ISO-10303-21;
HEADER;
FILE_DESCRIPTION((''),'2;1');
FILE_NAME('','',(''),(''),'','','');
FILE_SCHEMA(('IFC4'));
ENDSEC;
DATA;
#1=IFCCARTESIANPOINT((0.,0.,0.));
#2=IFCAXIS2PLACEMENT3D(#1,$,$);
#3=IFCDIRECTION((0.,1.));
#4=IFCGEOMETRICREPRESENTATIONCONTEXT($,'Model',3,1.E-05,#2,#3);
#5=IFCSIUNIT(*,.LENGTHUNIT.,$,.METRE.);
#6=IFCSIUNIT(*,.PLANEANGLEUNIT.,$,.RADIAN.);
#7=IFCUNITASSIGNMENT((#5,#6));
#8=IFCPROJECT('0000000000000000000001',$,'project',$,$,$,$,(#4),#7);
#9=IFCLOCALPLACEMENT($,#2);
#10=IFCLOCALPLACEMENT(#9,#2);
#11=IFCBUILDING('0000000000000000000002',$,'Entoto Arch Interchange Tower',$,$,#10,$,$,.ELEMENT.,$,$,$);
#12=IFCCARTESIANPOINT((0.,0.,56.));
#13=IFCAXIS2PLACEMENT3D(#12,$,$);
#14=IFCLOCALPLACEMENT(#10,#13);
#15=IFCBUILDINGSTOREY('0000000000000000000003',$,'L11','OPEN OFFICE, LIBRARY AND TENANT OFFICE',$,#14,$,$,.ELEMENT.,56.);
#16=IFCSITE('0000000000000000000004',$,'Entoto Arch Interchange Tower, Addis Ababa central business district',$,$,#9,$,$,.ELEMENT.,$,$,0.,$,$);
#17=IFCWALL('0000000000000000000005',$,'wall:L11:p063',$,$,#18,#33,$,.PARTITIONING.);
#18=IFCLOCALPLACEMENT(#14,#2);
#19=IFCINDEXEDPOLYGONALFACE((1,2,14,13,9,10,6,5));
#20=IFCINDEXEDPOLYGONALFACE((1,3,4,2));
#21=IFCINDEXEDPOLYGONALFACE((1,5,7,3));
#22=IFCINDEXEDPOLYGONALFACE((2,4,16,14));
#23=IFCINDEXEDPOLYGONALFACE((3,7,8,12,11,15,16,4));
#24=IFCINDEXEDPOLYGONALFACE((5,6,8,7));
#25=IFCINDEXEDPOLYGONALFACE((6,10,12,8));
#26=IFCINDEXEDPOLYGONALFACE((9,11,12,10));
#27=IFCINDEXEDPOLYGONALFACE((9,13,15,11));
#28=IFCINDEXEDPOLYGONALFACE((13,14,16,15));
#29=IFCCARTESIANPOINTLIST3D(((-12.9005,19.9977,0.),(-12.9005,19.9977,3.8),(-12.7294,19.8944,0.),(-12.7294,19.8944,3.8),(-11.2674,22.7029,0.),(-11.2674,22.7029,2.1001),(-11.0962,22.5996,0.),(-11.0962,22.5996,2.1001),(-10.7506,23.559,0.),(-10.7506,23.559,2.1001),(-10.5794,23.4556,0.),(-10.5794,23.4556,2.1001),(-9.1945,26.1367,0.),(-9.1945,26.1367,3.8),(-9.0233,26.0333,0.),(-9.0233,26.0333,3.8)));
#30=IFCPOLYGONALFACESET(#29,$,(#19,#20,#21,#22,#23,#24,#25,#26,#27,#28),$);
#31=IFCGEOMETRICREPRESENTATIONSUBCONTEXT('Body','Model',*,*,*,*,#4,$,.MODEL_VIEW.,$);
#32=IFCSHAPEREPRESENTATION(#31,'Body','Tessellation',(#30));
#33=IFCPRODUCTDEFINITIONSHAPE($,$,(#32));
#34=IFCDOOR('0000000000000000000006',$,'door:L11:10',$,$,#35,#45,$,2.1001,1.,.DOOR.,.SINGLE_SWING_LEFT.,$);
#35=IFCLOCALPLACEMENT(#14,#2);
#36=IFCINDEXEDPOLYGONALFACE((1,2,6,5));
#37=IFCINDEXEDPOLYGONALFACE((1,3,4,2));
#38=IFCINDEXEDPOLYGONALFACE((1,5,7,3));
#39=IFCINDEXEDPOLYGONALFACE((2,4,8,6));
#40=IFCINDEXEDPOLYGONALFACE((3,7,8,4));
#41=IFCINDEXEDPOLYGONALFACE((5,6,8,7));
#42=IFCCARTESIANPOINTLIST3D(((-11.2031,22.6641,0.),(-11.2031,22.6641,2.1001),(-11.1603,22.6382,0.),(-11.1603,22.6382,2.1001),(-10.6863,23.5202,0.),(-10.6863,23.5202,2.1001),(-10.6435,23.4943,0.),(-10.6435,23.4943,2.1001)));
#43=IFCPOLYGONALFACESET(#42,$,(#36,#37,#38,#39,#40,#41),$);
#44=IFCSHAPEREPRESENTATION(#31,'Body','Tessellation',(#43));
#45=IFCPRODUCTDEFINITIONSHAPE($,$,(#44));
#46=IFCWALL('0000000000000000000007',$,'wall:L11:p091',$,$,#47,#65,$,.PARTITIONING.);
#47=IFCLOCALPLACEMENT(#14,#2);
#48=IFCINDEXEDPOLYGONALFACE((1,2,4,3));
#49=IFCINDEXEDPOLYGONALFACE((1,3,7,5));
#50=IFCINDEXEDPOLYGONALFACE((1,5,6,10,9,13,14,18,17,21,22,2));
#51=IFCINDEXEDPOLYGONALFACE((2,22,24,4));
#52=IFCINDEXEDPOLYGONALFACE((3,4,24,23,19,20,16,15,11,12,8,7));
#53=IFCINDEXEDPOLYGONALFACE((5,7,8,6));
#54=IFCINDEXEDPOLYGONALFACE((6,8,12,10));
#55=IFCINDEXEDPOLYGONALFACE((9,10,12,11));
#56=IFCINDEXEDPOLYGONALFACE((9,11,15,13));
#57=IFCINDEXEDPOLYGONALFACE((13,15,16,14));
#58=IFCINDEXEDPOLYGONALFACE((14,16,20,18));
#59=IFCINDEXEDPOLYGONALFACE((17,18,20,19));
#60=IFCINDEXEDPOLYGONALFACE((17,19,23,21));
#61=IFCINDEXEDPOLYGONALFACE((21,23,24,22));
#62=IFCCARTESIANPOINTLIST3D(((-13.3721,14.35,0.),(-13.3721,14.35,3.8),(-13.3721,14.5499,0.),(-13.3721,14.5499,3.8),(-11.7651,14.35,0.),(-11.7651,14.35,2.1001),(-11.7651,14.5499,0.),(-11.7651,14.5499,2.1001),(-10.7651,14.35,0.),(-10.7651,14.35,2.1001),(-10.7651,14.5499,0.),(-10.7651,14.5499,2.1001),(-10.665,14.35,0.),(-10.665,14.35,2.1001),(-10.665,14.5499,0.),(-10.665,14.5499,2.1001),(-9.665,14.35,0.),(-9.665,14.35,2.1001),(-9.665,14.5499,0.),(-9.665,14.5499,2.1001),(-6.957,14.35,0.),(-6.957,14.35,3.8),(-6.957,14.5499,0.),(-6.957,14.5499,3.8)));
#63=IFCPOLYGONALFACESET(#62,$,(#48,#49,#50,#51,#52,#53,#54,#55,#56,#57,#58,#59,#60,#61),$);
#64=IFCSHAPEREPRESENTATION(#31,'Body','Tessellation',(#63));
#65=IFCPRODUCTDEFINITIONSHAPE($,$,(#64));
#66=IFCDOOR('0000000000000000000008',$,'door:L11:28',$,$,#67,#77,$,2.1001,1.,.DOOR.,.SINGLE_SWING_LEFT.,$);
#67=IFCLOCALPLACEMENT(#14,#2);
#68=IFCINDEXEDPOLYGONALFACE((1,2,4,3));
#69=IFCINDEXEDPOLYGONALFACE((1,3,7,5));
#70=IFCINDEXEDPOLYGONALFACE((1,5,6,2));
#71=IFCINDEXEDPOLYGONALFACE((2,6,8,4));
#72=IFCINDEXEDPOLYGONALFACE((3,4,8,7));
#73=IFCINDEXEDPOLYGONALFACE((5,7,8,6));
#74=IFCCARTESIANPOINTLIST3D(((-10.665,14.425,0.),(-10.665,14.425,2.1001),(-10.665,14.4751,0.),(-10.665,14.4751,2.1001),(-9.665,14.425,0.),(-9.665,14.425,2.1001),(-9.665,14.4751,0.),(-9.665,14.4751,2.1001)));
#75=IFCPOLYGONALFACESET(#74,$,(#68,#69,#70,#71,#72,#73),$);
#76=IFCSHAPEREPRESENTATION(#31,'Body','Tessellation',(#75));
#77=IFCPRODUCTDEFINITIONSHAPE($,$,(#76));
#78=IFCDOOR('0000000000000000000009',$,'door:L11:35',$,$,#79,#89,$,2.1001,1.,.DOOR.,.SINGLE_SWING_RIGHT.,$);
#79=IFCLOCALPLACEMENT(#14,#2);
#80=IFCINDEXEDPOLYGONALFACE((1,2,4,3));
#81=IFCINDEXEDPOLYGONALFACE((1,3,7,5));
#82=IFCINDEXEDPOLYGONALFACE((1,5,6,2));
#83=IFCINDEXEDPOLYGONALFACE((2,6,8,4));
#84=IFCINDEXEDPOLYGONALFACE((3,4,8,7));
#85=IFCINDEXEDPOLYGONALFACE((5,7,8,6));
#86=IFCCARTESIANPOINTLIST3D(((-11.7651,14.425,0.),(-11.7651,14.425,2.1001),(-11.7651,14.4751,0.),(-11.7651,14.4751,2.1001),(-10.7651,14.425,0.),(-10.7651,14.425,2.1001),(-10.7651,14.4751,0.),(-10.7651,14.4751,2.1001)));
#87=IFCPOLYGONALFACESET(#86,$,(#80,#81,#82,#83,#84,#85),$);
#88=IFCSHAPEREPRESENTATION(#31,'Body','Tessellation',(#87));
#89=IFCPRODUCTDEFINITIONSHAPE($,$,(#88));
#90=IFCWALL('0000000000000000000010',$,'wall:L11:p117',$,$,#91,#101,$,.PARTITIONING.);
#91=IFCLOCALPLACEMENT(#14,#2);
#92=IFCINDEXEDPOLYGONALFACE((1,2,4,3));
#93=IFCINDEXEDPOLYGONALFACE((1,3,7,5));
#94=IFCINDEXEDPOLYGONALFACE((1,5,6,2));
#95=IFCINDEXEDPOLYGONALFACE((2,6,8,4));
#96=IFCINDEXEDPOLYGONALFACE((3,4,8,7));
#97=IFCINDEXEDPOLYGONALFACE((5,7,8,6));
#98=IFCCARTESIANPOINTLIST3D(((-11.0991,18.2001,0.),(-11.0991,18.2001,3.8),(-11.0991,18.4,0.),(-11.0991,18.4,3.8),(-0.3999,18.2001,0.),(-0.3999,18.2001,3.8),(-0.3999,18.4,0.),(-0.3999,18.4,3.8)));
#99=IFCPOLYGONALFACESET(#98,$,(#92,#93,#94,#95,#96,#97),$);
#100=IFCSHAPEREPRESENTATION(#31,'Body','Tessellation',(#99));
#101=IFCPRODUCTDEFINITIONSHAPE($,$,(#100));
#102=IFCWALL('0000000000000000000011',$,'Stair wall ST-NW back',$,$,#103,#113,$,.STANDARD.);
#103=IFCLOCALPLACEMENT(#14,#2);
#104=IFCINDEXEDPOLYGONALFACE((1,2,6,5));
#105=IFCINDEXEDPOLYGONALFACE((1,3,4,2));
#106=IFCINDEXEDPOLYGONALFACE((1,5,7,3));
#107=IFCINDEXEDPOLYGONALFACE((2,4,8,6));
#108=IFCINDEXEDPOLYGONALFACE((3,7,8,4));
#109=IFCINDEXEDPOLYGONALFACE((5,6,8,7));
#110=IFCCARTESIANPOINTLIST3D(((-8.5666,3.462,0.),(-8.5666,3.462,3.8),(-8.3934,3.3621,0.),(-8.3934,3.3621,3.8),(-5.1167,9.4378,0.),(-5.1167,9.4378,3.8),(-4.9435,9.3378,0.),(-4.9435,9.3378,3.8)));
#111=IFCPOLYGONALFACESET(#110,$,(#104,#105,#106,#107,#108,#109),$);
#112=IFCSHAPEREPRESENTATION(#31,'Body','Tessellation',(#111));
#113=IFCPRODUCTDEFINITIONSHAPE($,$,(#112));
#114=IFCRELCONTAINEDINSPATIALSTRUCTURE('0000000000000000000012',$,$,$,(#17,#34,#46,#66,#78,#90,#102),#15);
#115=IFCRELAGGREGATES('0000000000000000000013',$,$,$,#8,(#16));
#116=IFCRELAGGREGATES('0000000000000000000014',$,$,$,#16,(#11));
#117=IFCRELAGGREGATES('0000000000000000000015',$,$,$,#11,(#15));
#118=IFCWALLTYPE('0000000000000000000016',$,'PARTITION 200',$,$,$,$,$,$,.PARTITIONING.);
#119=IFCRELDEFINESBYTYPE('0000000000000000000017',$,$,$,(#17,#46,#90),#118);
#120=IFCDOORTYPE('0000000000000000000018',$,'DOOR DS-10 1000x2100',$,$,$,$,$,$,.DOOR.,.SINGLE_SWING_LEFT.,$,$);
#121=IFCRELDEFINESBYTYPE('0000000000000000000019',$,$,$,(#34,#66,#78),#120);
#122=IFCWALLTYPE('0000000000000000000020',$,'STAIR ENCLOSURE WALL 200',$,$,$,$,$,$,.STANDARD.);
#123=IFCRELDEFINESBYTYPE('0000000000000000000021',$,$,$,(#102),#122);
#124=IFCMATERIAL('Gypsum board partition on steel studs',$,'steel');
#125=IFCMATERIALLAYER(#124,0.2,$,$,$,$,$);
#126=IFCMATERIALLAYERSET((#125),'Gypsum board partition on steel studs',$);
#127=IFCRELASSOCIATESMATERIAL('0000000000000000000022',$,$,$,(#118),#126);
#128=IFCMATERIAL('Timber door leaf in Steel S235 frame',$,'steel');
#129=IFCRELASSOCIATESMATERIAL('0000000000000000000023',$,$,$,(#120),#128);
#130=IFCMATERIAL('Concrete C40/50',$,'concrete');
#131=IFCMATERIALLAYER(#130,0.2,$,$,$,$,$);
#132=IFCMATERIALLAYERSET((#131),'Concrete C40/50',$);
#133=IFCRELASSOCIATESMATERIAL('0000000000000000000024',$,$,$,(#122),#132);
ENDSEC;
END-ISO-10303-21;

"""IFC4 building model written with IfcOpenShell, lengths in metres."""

from ifc_helpers import new_model, si_unit, direction, frame, frame_2d, origin, place, context, subcontext, project, spatial, rectangle, extrude, material, layer, layer_set, type_object, element, fill, save


model = new_model("IFC4")

# Units and contexts
model_context = context("Model", 3, precision=1e-05, world=origin(), true_north=direction((0.0, 1.0)))
body_context = subcontext(model_context, "Body", "Model", "MODEL_VIEW")
ifc_project = project(units=[si_unit("LENGTHUNIT", "METRE"), si_unit("PLANEANGLEUNIT", "RADIAN")], contexts=[model_context])

# Site, building, storey
site_placement = place(None, origin())
site = spatial("IfcSite", under=ifc_project, at=site_placement, Name="Entoto Arch Interchange Tower, Addis Ababa central business district", CompositionType="ELEMENT", RefElevation=0.0)
building_placement = place(site_placement, origin())
building = spatial("IfcBuilding", under=site, at=building_placement, Name="Entoto Arch Interchange Tower", CompositionType="ELEMENT")
storey_placement = place(building_placement, frame((0.0, 0.0, 56.0)))
storey = spatial("IfcBuildingStorey", under=building, at=storey_placement, Name="L11", Description="OPEN OFFICE, LIBRARY AND TENANT OFFICE", CompositionType="ELEMENT", Elevation=56.0)

# Shared definitions
ifc_material_1 = material(Name="Concrete C40/50", Category="concrete")

# Shared definitions
ifc_material_2 = material(Name="Gypsum board partition on steel studs", Category="steel")
ifc_layer_1 = layer(ifc_material_2, 0.2)
ifc_layer_set_1 = layer_set([ifc_layer_1], Name="Gypsum board partition on steel studs")
wall_type_1 = type_object("IfcWallType", Name="PARTITION 200", PredefinedType="PARTITIONING", material=ifc_layer_set_1)

# Wall, opening, door
wall_1_placement = place(storey_placement, frame((-12.8149, 19.946, 0.0), z_axis=(0.0, 0.0, 1.0), x_axis=(0.516822, 0.856093, 0.0)))
wall_1 = element("IfcWall", 1, at=wall_1_placement, inside=storey, type_object=wall_type_1, Name="wall:L11:p063", PredefinedType="PARTITIONING", context=body_context, shape_type="SweptSolid", body=[
    extrude(rectangle(XDim=7.1709, YDim=0.2, at=frame_2d((3.5854, 0.0))), origin(), (0.0, 0.0, 1.0), 3.8),
])
opening_1_placement = place(wall_1_placement, frame((3.1599, 0.0, 0.0)))
opening_1 = element("IfcOpeningElement", 2, at=opening_1_placement, cuts=wall_1, PredefinedType="OPENING", context=body_context, shape_type="SweptSolid", body=[
    extrude(rectangle(XDim=1.0, YDim=2.1001, at=frame_2d((0.5, 1.05))), frame((0.0, 0.1099, 0.0), z_axis=(0.0, -1.0, 0.0), x_axis=(1.0, 0.0, 0.0)), (0.0, 0.0, 1.0), 0.22),
])
ifc_material_3 = material(Name="Timber door leaf in Steel S235 frame", Category="steel")
door_type_1 = type_object("IfcDoorType", Name="DOOR DS-10 1000x2100", OperationType="SINGLE_SWING_LEFT", PredefinedType="DOOR", material=ifc_material_3)
door_1_placement = place(opening_1_placement, origin())
door_1 = element("IfcDoor", 3, at=door_1_placement, inside=storey, type_object=door_type_1, Name="door:L11:10", OperationType="SINGLE_SWING_LEFT", OverallHeight=2.1001, OverallWidth=1.0, PredefinedType="DOOR", context=body_context, shape_type="SweptSolid", body=[
    extrude(rectangle(XDim=1.0, YDim=2.1001, at=frame_2d((0.5, 1.05))), frame((0.0, 0.0249, 0.0), z_axis=(0.0, -1.0, 0.0), x_axis=(1.0, 0.0, 0.0)), (0.0, 0.0, 1.0), 0.05),
])
fill(opening_1, door_1)

# Wall, openings, doors
wall_2_placement = place(storey_placement, frame((-6.957, 14.45, 0.0), z_axis=(0.0, 0.0, 1.0), x_axis=(-1.0, 0.0, 0.0)))
wall_2 = element("IfcWall", 4, at=wall_2_placement, inside=storey, type_object=wall_type_1, Name="wall:L11:p091", PredefinedType="PARTITIONING", context=body_context, shape_type="SweptSolid", body=[
    extrude(rectangle(XDim=6.415, YDim=0.2, at=frame_2d((3.2075, 0.0))), origin(), (0.0, 0.0, 1.0), 3.8),
])
opening_2_placement = place(wall_2_placement, frame((2.708, 0.0, 0.0)))
opening_2 = element("IfcOpeningElement", 5, at=opening_2_placement, cuts=wall_2, PredefinedType="OPENING", context=body_context, shape_type="SweptSolid", body=[
    extrude(rectangle(XDim=1.0, YDim=2.1001, at=frame_2d((0.5, 1.05))), frame((0.0, 0.1099, 0.0), z_axis=(0.0, -1.0, 0.0), x_axis=(1.0, 0.0, 0.0)), (0.0, 0.0, 1.0), 0.22),
])
opening_3_placement = place(wall_2_placement, frame((3.8081, 0.0, 0.0)))
opening_3 = element("IfcOpeningElement", 6, at=opening_3_placement, cuts=wall_2, PredefinedType="OPENING", context=body_context, shape_type="SweptSolid", body=[
    extrude(rectangle(XDim=1.0, YDim=2.1001, at=frame_2d((0.5, 1.05))), frame((0.0, 0.1099, 0.0), z_axis=(0.0, -1.0, 0.0), x_axis=(1.0, 0.0, 0.0)), (0.0, 0.0, 1.0), 0.22),
])
door_2_placement = place(opening_2_placement, origin())
door_2 = element("IfcDoor", 7, at=door_2_placement, inside=storey, type_object=door_type_1, Name="door:L11:28", OperationType="SINGLE_SWING_LEFT", OverallHeight=2.1001, OverallWidth=1.0, PredefinedType="DOOR", context=body_context, shape_type="SweptSolid", body=[
    extrude(rectangle(XDim=1.0, YDim=2.1001, at=frame_2d((0.5, 1.05))), frame((0.0, 0.0249, 0.0), z_axis=(0.0, -1.0, 0.0), x_axis=(1.0, 0.0, 0.0)), (0.0, 0.0, 1.0), 0.05),
])
fill(opening_2, door_2)
door_3_placement = place(opening_3_placement, origin())
door_3 = element("IfcDoor", 8, at=door_3_placement, inside=storey, type_object=door_type_1, Name="door:L11:35", OperationType="SINGLE_SWING_RIGHT", OverallHeight=2.1001, OverallWidth=1.0, PredefinedType="DOOR", context=body_context, shape_type="SweptSolid", body=[
    extrude(rectangle(XDim=1.0, YDim=2.1001, at=frame_2d((0.5, 1.05))), frame((0.0, 0.0249, 0.0), z_axis=(0.0, -1.0, 0.0), x_axis=(1.0, 0.0, 0.0)), (0.0, 0.0, 1.0), 0.05),
])
fill(opening_3, door_3)

# Walls
wall_3_placement = place(storey_placement, frame((-11.0991, 18.3, 0.0), z_axis=(0.0, 0.0, 1.0), x_axis=(1.0, 0.0, 0.0)))
element("IfcWall", 9, at=wall_3_placement, inside=storey, type_object=wall_type_1, Name="wall:L11:p117", PredefinedType="PARTITIONING", context=body_context, shape_type="SweptSolid", body=[
    extrude(rectangle(XDim=10.6992, YDim=0.2, at=frame_2d((5.3496, 0.0))), origin(), (0.0, 0.0, 1.0), 3.8),
])
ifc_layer_2 = layer(ifc_material_1, 0.2)
ifc_layer_set_2 = layer_set([ifc_layer_2], Name="Concrete C40/50")
wall_type_2 = type_object("IfcWallType", Name="STAIR ENCLOSURE WALL 200", PredefinedType="STANDARD", material=ifc_layer_set_2)
wall_4_placement = place(storey_placement, frame((-5.03, 9.3879, 0.0), z_axis=(0.0, 0.0, 1.0), x_axis=(-0.499979, -0.866038, 0.0)))
element("IfcWall", 10, at=wall_4_placement, inside=storey, type_object=wall_type_2, Name="Stair wall ST-NW back", PredefinedType="STANDARD", context=body_context, shape_type="SweptSolid", body=[
    extrude(rectangle(XDim=6.9001, YDim=0.2, at=frame_2d((3.4502, 0.0))), origin(), (0.0, 0.0, 1.0), 3.8),
])

save(model, "model.ifc")
